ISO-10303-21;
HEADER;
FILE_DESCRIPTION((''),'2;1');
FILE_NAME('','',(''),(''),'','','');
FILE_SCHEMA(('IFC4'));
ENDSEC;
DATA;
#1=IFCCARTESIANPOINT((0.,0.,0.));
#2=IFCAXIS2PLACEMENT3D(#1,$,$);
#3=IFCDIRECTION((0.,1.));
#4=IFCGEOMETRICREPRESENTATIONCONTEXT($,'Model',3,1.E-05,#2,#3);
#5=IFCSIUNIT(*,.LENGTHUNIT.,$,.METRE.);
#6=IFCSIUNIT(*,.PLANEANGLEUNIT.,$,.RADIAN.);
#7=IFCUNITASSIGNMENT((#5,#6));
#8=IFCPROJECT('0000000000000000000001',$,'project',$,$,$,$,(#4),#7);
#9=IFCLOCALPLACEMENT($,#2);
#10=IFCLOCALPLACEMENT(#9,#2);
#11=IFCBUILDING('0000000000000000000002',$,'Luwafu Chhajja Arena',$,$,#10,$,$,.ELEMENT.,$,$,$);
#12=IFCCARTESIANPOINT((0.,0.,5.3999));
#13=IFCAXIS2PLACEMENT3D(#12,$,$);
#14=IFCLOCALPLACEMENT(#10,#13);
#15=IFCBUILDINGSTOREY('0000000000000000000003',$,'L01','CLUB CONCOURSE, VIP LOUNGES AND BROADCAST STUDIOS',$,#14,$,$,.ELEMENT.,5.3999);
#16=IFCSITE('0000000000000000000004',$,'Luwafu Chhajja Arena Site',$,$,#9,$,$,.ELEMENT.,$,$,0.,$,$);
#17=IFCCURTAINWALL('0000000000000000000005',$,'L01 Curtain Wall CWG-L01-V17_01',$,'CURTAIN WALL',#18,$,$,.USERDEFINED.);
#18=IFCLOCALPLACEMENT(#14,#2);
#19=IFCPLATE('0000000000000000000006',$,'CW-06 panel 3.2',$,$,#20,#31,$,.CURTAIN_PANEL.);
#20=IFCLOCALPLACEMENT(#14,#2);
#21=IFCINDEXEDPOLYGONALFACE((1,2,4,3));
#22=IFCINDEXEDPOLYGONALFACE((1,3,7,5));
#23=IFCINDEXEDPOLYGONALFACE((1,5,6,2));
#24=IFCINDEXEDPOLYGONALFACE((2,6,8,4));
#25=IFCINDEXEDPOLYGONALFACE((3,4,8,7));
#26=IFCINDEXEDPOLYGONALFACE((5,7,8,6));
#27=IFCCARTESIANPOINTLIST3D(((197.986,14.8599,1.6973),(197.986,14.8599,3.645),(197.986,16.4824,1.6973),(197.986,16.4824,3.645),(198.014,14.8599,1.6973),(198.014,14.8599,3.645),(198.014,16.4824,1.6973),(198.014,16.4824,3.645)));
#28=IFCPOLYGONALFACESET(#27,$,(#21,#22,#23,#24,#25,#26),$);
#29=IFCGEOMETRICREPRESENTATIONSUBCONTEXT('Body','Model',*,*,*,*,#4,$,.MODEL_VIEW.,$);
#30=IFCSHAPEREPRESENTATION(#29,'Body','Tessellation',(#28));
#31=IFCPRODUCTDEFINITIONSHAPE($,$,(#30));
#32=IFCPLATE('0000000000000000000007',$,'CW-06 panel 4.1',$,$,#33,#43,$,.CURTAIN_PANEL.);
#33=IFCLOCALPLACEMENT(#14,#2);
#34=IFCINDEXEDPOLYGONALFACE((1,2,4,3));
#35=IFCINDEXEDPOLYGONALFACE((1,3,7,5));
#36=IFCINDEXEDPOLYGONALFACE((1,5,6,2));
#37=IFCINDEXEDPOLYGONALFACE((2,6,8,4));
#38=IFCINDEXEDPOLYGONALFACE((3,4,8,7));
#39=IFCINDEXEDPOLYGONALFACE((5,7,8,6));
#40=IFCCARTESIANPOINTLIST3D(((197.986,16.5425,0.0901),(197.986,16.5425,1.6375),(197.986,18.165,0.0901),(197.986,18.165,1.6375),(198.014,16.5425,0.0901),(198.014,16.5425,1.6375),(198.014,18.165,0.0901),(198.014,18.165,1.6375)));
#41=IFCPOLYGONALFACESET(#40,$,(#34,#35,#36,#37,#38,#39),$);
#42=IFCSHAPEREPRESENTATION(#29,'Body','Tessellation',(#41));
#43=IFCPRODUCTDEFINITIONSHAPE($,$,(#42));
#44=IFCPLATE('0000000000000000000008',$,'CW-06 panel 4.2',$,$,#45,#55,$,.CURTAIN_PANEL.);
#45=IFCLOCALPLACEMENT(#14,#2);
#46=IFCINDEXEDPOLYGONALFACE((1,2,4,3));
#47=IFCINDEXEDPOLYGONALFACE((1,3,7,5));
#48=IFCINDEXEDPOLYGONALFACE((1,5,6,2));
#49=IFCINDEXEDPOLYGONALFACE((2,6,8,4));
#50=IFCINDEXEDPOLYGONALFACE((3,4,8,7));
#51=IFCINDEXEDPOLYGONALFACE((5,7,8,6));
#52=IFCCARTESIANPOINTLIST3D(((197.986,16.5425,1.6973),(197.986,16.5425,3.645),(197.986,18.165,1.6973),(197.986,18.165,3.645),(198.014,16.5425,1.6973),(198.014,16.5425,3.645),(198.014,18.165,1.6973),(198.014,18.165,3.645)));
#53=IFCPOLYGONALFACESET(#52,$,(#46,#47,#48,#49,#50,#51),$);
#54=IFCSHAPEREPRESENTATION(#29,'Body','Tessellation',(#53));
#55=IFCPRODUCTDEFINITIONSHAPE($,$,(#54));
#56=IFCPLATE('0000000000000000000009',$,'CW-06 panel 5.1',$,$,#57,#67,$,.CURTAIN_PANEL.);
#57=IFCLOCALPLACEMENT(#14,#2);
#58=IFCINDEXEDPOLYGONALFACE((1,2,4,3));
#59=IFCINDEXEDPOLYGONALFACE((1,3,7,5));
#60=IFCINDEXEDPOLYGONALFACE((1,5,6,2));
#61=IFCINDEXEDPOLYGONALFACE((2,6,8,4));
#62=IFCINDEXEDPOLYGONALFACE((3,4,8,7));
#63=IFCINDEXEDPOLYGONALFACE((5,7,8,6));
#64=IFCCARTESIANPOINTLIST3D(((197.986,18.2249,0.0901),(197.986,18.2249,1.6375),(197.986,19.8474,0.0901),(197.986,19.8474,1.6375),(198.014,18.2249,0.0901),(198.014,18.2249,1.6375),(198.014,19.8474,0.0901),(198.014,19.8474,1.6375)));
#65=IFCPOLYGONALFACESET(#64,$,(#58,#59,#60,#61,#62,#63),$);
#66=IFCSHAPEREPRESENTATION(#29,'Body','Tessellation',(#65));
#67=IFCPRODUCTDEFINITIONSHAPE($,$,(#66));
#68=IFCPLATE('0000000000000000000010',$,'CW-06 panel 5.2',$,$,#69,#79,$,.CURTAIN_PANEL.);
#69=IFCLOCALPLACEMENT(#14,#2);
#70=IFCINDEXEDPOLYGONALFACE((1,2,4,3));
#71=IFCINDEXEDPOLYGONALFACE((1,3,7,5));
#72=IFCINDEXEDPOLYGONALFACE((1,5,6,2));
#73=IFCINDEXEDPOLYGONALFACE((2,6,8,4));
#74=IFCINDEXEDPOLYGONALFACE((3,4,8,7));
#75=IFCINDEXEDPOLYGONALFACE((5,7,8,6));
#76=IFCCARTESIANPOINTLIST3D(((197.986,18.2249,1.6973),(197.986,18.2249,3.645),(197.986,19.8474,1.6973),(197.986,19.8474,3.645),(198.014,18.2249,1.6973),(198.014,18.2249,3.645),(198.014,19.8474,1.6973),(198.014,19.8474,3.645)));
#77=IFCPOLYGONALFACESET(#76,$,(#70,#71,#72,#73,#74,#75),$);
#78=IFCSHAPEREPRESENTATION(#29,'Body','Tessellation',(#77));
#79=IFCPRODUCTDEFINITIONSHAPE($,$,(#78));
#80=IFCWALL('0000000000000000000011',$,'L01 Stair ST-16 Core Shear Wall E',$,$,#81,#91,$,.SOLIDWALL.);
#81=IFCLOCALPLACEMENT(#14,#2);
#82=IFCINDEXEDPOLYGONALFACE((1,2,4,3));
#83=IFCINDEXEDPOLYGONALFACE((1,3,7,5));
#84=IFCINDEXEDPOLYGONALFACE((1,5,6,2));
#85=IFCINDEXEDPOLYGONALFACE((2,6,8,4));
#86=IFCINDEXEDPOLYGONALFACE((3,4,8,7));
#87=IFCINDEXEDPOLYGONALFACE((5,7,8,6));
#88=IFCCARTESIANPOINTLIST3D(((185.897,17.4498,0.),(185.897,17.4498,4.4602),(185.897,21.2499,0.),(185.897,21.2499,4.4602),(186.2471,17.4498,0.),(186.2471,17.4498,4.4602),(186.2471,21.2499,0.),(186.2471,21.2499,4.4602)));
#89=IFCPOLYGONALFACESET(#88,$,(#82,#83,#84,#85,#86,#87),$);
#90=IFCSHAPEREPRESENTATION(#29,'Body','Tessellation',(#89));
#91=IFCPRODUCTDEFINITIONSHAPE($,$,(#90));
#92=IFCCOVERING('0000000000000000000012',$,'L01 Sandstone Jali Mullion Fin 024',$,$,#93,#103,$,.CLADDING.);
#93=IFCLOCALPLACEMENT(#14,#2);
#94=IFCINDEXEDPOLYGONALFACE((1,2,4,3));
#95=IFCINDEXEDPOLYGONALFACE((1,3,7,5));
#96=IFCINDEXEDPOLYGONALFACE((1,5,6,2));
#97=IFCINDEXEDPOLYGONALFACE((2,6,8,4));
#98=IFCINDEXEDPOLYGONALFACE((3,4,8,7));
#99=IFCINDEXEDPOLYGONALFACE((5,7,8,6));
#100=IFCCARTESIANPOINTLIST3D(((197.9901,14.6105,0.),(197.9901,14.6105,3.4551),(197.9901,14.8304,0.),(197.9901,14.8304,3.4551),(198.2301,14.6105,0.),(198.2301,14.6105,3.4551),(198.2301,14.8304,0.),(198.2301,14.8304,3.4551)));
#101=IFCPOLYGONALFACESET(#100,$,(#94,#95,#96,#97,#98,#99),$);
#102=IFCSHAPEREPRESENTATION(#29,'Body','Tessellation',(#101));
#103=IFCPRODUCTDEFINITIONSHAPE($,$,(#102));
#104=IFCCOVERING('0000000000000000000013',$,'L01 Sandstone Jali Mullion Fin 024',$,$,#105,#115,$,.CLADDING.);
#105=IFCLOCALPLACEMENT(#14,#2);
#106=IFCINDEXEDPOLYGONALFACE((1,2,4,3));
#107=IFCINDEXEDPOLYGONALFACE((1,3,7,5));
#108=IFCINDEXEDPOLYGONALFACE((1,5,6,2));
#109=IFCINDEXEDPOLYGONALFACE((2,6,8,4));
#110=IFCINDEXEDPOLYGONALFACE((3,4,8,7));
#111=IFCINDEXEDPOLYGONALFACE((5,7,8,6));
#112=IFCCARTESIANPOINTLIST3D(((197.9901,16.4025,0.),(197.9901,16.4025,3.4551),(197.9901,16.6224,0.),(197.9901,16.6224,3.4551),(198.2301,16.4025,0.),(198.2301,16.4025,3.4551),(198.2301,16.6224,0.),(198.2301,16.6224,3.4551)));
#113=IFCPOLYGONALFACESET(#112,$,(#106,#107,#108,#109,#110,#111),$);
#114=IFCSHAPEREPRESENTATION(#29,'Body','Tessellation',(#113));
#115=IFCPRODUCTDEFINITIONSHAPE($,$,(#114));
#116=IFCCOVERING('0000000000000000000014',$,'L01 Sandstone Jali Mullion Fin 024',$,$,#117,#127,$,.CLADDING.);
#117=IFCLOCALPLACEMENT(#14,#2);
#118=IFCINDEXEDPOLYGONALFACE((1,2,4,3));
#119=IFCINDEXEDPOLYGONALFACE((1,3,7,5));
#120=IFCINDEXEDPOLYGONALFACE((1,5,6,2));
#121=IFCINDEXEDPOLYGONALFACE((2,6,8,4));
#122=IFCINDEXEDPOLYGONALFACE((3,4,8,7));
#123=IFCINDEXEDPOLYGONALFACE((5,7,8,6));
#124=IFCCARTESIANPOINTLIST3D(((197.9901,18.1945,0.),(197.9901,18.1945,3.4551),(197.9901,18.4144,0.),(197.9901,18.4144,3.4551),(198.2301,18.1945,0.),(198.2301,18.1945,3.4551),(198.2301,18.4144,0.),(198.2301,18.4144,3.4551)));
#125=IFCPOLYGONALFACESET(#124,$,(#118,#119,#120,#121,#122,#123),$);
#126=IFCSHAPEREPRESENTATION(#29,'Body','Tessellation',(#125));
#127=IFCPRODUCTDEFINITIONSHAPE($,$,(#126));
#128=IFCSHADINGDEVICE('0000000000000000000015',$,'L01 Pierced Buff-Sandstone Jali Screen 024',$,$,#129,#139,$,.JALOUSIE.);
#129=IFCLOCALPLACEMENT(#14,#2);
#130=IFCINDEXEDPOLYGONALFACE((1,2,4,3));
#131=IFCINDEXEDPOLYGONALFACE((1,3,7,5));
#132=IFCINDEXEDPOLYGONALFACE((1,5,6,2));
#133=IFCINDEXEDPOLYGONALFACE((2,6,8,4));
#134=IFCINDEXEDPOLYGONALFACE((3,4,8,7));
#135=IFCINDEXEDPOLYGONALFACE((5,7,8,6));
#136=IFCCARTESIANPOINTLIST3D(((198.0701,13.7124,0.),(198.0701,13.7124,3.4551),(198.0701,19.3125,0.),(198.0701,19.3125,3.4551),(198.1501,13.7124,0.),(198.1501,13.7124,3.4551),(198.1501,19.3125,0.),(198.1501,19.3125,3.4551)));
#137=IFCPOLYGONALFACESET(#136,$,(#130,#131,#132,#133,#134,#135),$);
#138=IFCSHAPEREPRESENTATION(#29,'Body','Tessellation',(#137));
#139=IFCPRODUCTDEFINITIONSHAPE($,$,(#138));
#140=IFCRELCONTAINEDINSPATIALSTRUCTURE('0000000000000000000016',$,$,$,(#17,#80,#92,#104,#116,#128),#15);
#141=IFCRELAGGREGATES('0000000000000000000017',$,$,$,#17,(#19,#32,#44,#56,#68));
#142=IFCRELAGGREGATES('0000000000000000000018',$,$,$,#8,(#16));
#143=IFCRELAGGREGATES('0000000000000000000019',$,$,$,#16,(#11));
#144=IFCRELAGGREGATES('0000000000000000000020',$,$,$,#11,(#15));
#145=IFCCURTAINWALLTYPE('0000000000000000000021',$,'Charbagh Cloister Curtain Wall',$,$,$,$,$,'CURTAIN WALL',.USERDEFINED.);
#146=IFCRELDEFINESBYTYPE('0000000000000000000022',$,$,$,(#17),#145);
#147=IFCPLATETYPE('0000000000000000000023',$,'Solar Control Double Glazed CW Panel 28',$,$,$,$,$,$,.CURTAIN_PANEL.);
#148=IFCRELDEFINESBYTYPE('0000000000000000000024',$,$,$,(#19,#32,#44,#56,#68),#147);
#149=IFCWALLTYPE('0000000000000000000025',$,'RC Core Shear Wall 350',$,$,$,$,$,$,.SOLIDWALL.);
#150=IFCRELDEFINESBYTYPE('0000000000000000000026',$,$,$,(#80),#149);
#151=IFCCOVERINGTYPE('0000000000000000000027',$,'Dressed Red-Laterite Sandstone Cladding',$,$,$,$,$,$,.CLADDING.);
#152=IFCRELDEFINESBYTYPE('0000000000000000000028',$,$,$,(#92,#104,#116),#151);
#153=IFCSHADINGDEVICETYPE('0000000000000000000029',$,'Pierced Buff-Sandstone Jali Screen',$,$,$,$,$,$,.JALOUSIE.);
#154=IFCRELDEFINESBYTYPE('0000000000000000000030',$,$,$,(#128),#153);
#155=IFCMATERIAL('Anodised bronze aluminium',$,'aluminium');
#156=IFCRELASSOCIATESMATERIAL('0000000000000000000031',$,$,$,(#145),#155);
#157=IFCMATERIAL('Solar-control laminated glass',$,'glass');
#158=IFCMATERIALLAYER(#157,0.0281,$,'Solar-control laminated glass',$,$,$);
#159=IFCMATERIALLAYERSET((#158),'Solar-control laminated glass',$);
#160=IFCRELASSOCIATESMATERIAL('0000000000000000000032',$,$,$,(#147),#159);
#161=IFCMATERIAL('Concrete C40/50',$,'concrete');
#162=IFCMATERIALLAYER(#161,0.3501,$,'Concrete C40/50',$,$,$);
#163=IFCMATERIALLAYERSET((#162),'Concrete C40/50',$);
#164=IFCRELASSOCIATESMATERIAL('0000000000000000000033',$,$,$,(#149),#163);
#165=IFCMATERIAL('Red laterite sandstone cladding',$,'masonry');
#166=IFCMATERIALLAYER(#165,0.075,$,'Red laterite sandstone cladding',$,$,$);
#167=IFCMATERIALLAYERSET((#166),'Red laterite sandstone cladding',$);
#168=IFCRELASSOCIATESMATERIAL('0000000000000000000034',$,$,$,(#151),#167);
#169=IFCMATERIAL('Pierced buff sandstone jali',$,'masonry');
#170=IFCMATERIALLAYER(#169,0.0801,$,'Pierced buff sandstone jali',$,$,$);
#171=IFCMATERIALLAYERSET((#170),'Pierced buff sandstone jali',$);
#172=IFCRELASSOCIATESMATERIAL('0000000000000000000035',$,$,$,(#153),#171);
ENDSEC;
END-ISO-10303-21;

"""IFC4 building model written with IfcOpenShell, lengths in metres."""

from ifc_helpers import new_model, si_unit, direction, frame, frame_2d, origin, origin_2d, place, context, subcontext, project, spatial, rectangle, extrude, material, layer, layer_set, type_object, element, aggregate, save


model = new_model("IFC4")

# Units and contexts
model_context = context("Model", 3, precision=1e-05, world=origin(), true_north=direction((0.0, 1.0)))
body_context = subcontext(model_context, "Body", "Model", "MODEL_VIEW")
ifc_project = project(units=[si_unit("LENGTHUNIT", "METRE"), si_unit("PLANEANGLEUNIT", "RADIAN")], contexts=[model_context])

# Site, building, storey
site_placement = place(None, origin())
site = spatial("IfcSite", under=ifc_project, at=site_placement, Name="Luwafu Chhajja Arena Site", CompositionType="ELEMENT", RefElevation=0.0)
building_placement = place(site_placement, origin())
building = spatial("IfcBuilding", under=site, at=building_placement, Name="Luwafu Chhajja Arena", CompositionType="ELEMENT")
storey_placement = place(building_placement, frame((0.0, 0.0, 5.3999)))
storey = spatial("IfcBuildingStorey", under=building, at=storey_placement, Name="L01", Description="CLUB CONCOURSE, VIP LOUNGES AND BROADCAST STUDIOS", CompositionType="ELEMENT", Elevation=5.3999)

# Curtain wall, plates
ifc_material_1 = material(Name="Anodised bronze aluminium", Category="aluminium")
curtain_wall_type = type_object("IfcCurtainWallType", Name="Charbagh Cloister Curtain Wall", ElementType="CURTAIN WALL", PredefinedType="USERDEFINED", material=ifc_material_1)
curtain_wall_placement = place(storey_placement, origin())
curtain_wall = element("IfcCurtainWall", 1, at=curtain_wall_placement, inside=storey, type_object=curtain_wall_type, Name="L01 Curtain Wall CWG-L01-V17_01", ObjectType="CURTAIN WALL", PredefinedType="USERDEFINED")
ifc_material_2 = material(Name="Solar-control laminated glass", Category="glass")
ifc_layer_1 = layer(ifc_material_2, 0.0281, Name="Solar-control laminated glass")
ifc_layer_set_1 = layer_set([ifc_layer_1], Name="Solar-control laminated glass")
plate_type = type_object("IfcPlateType", Name="Solar Control Double Glazed CW Panel 28", PredefinedType="CURTAIN_PANEL", material=ifc_layer_set_1)
plate_1_placement = place(storey_placement, frame((198.0, 15.6711, 1.6973), z_axis=(0.0, 0.0, 1.0), x_axis=(0.0, 1.0, 0.0)))
plate_1 = element("IfcPlate", 2, at=plate_1_placement, type_object=plate_type, Name="CW-06 panel 3.2", PredefinedType="CURTAIN_PANEL", context=body_context, shape_type="SweptSolid", body=[
    extrude(rectangle(XDim=1.6226, YDim=0.0281, at=origin_2d()), origin(), (0.0, 0.0, 1.0), 1.9478),
])
plate_2_placement = place(storey_placement, frame((198.0, 17.3538, 0.0901), z_axis=(0.0, 0.0, 1.0), x_axis=(0.0, 1.0, 0.0)))
plate_2 = element("IfcPlate", 3, at=plate_2_placement, type_object=plate_type, Name="CW-06 panel 4.1", PredefinedType="CURTAIN_PANEL", context=body_context, shape_type="SweptSolid", body=[
    extrude(rectangle(XDim=1.6226, YDim=0.0281, at=origin_2d()), origin(), (0.0, 0.0, 1.0), 1.5474),
])
plate_3_placement = place(storey_placement, frame((198.0, 17.3538, 1.6973), z_axis=(0.0, 0.0, 1.0), x_axis=(0.0, 1.0, 0.0)))
plate_3 = element("IfcPlate", 4, at=plate_3_placement, type_object=plate_type, Name="CW-06 panel 4.2", PredefinedType="CURTAIN_PANEL", context=body_context, shape_type="SweptSolid", body=[
    extrude(rectangle(XDim=1.6226, YDim=0.0281, at=origin_2d()), origin(), (0.0, 0.0, 1.0), 1.9478),
])
plate_4_placement = place(storey_placement, frame((198.0, 19.0361, 0.0901), z_axis=(0.0, 0.0, 1.0), x_axis=(0.0, 1.0, 0.0)))
plate_4 = element("IfcPlate", 5, at=plate_4_placement, type_object=plate_type, Name="CW-06 panel 5.1", PredefinedType="CURTAIN_PANEL", context=body_context, shape_type="SweptSolid", body=[
    extrude(rectangle(XDim=1.6226, YDim=0.0281, at=origin_2d()), origin(), (0.0, 0.0, 1.0), 1.5474),
])
plate_5_placement = place(storey_placement, frame((198.0, 19.0361, 1.6973), z_axis=(0.0, 0.0, 1.0), x_axis=(0.0, 1.0, 0.0)))
plate_5 = element("IfcPlate", 6, at=plate_5_placement, type_object=plate_type, Name="CW-06 panel 5.2", PredefinedType="CURTAIN_PANEL", context=body_context, shape_type="SweptSolid", body=[
    extrude(rectangle(XDim=1.6226, YDim=0.0281, at=origin_2d()), origin(), (0.0, 0.0, 1.0), 1.9478),
])
aggregate(curtain_wall, [plate_1, plate_2, plate_3, plate_4, plate_5])

# Wall
ifc_material_3 = material(Name="Concrete C40/50", Category="concrete")
ifc_layer_2 = layer(ifc_material_3, 0.3501, Name="Concrete C40/50")
ifc_layer_set_2 = layer_set([ifc_layer_2], Name="Concrete C40/50")
wall_type = type_object("IfcWallType", Name="RC Core Shear Wall 350", PredefinedType="SOLIDWALL", material=ifc_layer_set_2)
wall_placement = place(storey_placement, frame((186.072, 17.45, 0.0), z_axis=(0.0, 0.0, 1.0), x_axis=(0.0, 1.0, 0.0)))
element("IfcWall", 7, at=wall_placement, inside=storey, type_object=wall_type, Name="L01 Stair ST-16 Core Shear Wall E", PredefinedType="SOLIDWALL", context=body_context, shape_type="SweptSolid", body=[
    extrude(rectangle(XDim=3.8, YDim=0.3501, at=frame_2d((1.8999, 0.0))), origin(), (0.0, 0.0, 1.0), 4.4602),
])

# Coverings
ifc_material_4 = material(Name="Red laterite sandstone cladding", Category="masonry")
ifc_layer_3 = layer(ifc_material_4, 0.075, Name="Red laterite sandstone cladding")
ifc_layer_set_3 = layer_set([ifc_layer_3], Name="Red laterite sandstone cladding")
covering_type = type_object("IfcCoveringType", Name="Dressed Red-Laterite Sandstone Cladding", PredefinedType="CLADDING", material=ifc_layer_set_3)
for number, where, z_axis, x_axis, name in (
    (8, (198.1101, 14.7205, 0.0), (0.0, 0.0, 1.0), (0.0, 1.0, 0.0), "L01 Sandstone Jali Mullion Fin 024"),
    (9, (198.1101, 16.5125, 0.0), (0.0, 0.0, 1.0), (0.0, 1.0, 0.0), "L01 Sandstone Jali Mullion Fin 024"),
    (10, (198.1101, 18.3044, 0.0), (0.0, 0.0, 1.0), (0.0, 1.0, 0.0), "L01 Sandstone Jali Mullion Fin 024"),
):
    element("IfcCovering", number, at=place(storey_placement, frame(where, z_axis=z_axis, x_axis=x_axis)), inside=storey, type_object=covering_type, Name=name, PredefinedType="CLADDING", context=body_context, shape_type="SweptSolid", body=[
        extrude(rectangle(XDim=0.22, YDim=0.24, at=origin_2d()), origin(), (0.0, 0.0, 1.0), 3.4551),
    ])

# Shading device
ifc_material_5 = material(Name="Pierced buff sandstone jali", Category="masonry")
ifc_layer_4 = layer(ifc_material_5, 0.0801, Name="Pierced buff sandstone jali")
ifc_layer_set_4 = layer_set([ifc_layer_4], Name="Pierced buff sandstone jali")
shading_device_type = type_object("IfcShadingDeviceType", Name="Pierced Buff-Sandstone Jali Screen", PredefinedType="JALOUSIE", material=ifc_layer_set_4)
shading_device_placement = place(storey_placement, frame((198.1101, 16.5125, 0.0), z_axis=(0.0, 0.0, 1.0), x_axis=(0.0, 1.0, 0.0)))
element("IfcShadingDevice", 11, at=shading_device_placement, inside=storey, type_object=shading_device_type, Name="L01 Pierced Buff-Sandstone Jali Screen 024", PredefinedType="JALOUSIE", context=body_context, shape_type="SweptSolid", body=[
    extrude(rectangle(XDim=5.6001, YDim=0.0801, at=origin_2d()), origin(), (0.0, 0.0, 1.0), 3.4551),
])

save(model, "model.ifc")
